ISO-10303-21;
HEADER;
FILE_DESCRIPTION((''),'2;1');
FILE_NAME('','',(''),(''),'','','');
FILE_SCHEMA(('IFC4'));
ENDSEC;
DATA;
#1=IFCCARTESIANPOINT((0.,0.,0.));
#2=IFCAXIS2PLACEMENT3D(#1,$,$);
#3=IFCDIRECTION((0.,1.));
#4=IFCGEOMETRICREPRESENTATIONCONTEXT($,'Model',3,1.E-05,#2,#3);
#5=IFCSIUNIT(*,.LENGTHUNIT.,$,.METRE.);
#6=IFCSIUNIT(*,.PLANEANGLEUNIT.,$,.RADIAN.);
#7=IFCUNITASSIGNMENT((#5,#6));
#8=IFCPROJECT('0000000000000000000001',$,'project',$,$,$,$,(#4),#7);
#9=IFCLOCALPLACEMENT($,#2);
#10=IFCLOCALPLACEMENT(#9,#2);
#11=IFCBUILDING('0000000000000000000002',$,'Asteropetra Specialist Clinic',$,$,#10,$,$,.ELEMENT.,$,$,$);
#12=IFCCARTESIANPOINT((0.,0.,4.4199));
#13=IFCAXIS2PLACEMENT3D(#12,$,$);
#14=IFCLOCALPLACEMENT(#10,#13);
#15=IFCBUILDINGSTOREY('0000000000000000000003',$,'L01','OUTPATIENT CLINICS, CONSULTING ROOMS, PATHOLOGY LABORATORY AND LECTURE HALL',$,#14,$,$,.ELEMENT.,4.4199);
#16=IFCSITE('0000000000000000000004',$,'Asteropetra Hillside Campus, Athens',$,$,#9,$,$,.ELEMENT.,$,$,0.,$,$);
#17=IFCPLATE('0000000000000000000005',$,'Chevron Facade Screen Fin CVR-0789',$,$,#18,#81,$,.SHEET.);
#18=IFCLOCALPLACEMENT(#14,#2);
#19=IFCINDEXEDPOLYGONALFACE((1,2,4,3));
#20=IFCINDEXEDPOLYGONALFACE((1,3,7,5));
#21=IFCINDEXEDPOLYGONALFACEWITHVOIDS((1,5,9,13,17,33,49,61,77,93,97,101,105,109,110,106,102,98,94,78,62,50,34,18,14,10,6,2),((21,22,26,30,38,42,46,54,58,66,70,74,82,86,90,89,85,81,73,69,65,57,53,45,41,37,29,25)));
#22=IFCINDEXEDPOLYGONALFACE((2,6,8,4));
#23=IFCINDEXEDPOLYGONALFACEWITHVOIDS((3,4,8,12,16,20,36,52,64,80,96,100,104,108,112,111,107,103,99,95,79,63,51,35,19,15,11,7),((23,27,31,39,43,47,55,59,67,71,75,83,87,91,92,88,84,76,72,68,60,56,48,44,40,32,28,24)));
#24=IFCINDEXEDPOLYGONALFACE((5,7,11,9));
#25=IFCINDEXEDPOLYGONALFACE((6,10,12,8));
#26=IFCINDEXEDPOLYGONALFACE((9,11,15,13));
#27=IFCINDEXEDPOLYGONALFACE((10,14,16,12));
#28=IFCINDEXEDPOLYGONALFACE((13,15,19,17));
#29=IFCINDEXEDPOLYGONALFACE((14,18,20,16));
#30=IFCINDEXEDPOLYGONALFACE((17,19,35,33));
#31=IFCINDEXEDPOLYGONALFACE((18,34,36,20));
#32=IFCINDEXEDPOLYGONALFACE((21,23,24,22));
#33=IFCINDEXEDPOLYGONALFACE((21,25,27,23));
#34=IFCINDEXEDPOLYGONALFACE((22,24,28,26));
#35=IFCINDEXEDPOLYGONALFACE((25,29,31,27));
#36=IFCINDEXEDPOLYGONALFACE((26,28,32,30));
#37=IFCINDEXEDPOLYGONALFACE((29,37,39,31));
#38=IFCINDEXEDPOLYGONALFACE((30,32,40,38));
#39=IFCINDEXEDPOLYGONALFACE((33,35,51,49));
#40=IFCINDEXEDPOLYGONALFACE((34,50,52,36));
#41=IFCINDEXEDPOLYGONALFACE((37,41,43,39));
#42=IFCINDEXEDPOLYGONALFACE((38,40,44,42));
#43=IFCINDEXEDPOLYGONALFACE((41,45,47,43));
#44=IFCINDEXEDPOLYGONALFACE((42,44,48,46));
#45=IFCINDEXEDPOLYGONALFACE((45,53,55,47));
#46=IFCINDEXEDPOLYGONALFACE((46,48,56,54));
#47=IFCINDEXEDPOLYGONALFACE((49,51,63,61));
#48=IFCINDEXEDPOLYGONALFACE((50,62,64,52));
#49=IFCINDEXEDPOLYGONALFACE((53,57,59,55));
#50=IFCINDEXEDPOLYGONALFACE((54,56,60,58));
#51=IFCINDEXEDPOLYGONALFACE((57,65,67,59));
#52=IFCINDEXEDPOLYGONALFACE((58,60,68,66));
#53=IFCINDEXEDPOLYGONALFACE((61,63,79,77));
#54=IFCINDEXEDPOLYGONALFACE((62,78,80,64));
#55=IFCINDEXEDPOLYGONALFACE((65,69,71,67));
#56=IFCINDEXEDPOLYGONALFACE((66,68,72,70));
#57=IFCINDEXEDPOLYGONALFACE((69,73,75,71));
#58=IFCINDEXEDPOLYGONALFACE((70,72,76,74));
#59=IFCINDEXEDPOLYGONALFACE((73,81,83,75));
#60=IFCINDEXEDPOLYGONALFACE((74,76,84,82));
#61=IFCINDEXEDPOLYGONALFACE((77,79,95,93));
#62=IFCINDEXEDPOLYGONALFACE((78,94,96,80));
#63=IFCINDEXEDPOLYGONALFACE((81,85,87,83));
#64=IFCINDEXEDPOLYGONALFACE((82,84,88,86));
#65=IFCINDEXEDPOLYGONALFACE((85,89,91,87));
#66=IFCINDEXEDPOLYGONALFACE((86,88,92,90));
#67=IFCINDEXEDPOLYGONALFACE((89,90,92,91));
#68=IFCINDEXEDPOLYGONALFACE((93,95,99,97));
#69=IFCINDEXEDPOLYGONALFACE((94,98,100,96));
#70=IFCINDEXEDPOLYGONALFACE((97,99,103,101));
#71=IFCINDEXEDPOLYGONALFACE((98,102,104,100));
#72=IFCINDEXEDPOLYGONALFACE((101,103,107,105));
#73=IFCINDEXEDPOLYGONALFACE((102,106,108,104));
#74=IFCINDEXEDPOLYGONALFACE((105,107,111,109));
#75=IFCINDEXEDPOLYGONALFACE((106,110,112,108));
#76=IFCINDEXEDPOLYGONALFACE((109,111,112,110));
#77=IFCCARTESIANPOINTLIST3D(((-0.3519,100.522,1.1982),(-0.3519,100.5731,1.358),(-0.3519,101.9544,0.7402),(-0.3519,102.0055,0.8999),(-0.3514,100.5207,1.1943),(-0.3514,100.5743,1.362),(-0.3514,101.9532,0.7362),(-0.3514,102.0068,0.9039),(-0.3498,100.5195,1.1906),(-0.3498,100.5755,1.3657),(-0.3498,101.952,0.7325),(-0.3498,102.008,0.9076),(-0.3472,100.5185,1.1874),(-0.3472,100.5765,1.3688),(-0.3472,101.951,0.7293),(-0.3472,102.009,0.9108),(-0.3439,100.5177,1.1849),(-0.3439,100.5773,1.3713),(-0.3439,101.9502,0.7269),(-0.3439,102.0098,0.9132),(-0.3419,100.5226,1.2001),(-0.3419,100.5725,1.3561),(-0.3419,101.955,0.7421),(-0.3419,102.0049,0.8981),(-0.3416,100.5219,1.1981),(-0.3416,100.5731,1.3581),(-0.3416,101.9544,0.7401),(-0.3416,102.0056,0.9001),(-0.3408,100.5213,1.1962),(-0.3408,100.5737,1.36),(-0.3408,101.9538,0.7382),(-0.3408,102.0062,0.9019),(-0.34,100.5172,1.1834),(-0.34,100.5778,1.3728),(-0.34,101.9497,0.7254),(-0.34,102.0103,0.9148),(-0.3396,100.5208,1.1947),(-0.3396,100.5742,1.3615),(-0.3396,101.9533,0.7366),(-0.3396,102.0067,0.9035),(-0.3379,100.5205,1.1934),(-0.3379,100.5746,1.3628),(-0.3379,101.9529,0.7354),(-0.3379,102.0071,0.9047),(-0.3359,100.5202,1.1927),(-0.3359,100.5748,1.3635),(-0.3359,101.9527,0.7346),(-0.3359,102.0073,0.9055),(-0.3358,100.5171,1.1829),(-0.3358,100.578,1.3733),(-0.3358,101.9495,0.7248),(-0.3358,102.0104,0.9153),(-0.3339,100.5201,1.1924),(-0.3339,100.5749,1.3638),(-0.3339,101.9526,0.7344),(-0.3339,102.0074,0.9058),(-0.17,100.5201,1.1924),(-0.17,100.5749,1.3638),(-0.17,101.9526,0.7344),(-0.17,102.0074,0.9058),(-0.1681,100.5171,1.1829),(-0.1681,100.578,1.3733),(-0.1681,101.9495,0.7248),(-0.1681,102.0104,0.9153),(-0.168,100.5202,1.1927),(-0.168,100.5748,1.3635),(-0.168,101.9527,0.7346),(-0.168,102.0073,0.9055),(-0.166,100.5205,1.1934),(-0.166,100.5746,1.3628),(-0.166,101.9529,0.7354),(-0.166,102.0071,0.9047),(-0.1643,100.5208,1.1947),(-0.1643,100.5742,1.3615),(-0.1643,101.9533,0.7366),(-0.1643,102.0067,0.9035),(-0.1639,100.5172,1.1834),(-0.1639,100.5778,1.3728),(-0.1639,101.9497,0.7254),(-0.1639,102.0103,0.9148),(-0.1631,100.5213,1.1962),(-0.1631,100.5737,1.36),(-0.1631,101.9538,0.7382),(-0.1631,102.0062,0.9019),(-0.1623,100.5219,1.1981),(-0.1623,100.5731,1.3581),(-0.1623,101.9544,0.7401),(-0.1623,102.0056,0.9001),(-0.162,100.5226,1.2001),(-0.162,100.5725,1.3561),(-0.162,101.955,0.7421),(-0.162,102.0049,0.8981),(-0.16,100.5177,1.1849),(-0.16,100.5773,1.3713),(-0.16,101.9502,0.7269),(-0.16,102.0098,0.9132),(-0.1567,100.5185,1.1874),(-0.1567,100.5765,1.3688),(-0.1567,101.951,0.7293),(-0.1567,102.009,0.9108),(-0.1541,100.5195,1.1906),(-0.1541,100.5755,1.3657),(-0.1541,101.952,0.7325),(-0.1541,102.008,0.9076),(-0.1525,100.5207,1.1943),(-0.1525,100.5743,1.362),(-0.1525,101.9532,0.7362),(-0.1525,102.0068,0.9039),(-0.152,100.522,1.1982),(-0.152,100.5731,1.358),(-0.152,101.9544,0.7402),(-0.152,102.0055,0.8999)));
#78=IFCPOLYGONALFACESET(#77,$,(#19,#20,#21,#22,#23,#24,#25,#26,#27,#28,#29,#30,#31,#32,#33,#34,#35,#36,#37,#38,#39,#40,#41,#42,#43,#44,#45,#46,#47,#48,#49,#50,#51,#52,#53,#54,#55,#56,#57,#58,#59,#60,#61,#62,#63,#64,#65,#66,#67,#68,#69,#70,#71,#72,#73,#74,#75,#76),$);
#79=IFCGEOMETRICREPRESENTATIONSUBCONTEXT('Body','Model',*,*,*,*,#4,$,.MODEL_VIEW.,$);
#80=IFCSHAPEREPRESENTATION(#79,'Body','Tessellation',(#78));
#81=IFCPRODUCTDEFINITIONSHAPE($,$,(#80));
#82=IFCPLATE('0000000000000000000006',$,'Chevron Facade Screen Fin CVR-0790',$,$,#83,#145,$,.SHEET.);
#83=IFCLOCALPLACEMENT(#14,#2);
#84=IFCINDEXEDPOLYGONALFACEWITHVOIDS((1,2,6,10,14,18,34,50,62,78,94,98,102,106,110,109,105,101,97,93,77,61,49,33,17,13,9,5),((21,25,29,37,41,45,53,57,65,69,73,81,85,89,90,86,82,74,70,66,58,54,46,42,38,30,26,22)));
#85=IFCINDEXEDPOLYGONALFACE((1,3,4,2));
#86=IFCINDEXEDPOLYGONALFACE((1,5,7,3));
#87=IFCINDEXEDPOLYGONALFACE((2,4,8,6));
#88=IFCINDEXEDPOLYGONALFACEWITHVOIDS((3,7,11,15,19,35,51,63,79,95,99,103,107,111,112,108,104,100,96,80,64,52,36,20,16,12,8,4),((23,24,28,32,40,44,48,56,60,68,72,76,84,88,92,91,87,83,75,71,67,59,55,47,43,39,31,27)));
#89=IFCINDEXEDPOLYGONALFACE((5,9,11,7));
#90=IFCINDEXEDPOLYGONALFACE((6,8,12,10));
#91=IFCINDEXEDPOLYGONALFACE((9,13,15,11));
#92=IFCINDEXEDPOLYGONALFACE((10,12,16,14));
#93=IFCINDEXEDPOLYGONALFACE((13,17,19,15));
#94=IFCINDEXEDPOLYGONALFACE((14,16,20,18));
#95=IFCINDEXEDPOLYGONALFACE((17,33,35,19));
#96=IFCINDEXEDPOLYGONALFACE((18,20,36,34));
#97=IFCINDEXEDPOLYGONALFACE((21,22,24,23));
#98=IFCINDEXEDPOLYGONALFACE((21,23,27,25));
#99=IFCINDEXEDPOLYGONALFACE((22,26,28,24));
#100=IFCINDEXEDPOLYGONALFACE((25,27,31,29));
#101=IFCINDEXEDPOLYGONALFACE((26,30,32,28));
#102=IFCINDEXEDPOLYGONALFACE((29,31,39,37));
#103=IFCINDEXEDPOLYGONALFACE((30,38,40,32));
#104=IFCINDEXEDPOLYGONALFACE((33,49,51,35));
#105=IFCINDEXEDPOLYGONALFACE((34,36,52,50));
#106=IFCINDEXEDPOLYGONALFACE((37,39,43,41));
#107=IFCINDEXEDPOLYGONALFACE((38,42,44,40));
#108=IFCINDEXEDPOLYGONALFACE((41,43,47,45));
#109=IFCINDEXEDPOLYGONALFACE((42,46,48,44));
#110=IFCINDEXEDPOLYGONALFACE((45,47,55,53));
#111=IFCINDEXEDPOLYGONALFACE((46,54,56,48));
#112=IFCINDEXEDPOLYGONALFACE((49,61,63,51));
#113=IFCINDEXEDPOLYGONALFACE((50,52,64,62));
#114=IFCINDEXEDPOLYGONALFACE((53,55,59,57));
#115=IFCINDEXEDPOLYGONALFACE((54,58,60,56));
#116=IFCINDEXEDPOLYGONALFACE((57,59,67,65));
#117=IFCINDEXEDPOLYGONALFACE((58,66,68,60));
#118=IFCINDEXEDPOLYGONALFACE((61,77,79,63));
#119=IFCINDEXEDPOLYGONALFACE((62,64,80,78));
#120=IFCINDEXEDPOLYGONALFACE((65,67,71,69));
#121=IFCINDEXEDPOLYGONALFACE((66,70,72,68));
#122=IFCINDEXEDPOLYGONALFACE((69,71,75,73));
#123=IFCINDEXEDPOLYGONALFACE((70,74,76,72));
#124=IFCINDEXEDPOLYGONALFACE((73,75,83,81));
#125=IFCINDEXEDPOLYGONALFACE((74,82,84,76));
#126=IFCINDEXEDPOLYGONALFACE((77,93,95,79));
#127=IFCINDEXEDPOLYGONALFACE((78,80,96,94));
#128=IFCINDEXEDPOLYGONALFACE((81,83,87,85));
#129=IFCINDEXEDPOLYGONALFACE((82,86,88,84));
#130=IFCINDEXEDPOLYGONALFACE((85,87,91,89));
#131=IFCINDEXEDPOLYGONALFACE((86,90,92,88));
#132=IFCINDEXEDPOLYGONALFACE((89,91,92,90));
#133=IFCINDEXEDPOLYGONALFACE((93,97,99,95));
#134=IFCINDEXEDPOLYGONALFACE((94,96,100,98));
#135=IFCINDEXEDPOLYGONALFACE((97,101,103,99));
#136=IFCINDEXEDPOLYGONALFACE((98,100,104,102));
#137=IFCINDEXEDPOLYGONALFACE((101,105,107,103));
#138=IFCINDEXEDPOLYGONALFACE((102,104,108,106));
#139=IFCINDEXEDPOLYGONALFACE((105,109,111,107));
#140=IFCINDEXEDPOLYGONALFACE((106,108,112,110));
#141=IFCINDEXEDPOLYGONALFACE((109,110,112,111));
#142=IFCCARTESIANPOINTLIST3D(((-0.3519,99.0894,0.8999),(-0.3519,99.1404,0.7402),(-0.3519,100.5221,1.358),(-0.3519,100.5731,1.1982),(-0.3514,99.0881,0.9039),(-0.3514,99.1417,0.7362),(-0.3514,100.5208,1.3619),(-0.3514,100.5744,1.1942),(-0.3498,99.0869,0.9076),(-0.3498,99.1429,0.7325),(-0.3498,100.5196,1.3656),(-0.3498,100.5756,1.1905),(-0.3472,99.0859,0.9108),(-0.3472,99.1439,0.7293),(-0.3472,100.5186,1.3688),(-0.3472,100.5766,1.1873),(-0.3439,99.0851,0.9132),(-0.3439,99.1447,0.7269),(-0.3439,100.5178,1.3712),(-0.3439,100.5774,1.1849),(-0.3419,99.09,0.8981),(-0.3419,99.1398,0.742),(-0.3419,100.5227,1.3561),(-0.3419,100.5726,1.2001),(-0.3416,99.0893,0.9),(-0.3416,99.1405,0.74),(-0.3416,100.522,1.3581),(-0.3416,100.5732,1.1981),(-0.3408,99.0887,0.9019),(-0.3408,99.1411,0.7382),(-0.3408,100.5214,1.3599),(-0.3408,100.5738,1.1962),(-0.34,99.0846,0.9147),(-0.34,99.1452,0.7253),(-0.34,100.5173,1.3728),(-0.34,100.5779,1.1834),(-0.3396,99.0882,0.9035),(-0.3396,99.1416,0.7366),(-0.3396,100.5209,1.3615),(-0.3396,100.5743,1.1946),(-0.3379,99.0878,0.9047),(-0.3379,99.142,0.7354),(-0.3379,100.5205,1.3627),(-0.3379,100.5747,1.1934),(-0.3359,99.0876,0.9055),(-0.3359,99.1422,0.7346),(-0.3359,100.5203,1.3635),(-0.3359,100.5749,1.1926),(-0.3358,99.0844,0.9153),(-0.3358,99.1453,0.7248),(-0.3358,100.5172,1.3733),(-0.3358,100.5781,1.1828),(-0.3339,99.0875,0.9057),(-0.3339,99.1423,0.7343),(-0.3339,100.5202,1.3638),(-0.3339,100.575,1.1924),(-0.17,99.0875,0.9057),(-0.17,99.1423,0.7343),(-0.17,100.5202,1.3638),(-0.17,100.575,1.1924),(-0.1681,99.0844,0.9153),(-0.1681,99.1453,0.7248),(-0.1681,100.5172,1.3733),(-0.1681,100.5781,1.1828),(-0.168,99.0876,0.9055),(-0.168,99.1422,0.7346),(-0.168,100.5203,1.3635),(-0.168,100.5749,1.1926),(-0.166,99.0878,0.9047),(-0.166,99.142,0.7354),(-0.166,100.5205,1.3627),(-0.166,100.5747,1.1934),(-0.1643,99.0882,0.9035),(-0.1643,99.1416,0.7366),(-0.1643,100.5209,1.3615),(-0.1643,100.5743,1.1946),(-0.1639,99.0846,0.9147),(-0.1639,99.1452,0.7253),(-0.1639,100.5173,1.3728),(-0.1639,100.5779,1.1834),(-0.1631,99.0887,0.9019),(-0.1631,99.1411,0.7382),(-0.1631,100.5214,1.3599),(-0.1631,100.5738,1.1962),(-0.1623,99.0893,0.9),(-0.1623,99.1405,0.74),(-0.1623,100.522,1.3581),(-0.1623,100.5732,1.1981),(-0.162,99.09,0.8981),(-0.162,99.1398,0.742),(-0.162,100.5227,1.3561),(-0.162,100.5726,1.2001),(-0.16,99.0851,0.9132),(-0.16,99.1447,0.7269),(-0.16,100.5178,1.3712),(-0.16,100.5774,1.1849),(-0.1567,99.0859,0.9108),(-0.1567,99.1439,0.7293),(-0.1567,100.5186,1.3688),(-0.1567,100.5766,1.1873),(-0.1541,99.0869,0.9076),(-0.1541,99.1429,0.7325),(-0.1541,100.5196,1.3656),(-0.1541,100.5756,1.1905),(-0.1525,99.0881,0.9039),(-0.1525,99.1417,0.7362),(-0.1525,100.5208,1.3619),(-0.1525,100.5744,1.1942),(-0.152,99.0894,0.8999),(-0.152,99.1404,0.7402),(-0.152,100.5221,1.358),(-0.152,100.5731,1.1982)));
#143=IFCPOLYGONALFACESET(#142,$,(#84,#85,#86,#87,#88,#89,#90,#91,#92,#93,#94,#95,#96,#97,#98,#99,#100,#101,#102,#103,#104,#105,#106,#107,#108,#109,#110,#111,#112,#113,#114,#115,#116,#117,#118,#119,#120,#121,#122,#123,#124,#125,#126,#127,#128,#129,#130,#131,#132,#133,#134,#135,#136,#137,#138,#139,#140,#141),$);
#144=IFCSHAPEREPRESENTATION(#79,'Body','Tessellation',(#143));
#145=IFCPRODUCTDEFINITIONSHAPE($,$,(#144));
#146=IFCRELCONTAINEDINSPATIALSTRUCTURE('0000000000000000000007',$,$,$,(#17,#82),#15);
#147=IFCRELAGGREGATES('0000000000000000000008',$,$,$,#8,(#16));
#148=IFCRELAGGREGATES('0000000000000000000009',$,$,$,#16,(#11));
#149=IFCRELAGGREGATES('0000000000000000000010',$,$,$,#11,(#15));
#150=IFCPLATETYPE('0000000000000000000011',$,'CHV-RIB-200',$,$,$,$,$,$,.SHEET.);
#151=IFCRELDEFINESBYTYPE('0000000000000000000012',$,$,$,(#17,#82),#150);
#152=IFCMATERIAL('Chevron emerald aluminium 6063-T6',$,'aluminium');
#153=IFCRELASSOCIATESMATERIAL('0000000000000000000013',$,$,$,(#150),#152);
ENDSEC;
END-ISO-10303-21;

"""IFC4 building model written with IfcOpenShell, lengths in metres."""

from ifc_helpers import new_model, si_unit, direction, frame, origin, origin_2d, place, context, subcontext, project, spatial, hollow_rectangle, extrude, material, material_profile, profile_set, type_object, element, save


model = new_model("IFC4")

# Units and contexts
model_context = context("Model", 3, precision=1e-05, world=origin(), true_north=direction((0.0, 1.0)))
body_context = subcontext(model_context, "Body", "Model", "MODEL_VIEW")
ifc_project = project(units=[si_unit("LENGTHUNIT", "METRE"), si_unit("PLANEANGLEUNIT", "RADIAN")], contexts=[model_context])

# Site, building, storey
site_placement = place(None, origin())
site = spatial("IfcSite", under=ifc_project, at=site_placement, Name="Asteropetra Hillside Campus, Athens", CompositionType="ELEMENT", RefElevation=0.0)
building_placement = place(site_placement, origin())
building = spatial("IfcBuilding", under=site, at=building_placement, Name="Asteropetra Specialist Clinic", CompositionType="ELEMENT")
storey_placement = place(building_placement, frame((0.0, 0.0, 4.4199)))
storey = spatial("IfcBuildingStorey", under=building, at=storey_placement, Name="L01", Description="OUTPATIENT CLINICS, CONSULTING ROOMS, PATHOLOGY LABORATORY AND LECTURE HALL", CompositionType="ELEMENT", Elevation=4.4199)

# Plates
ifc_material_1 = material(Name="Chevron emerald aluminium 6063-T6", Category="aluminium")
ifc_material_profile = material_profile(ifc_material_1, hollow_rectangle(XDim=0.2, YDim=0.2, WallThickness=0.01, InnerFilletRadius=0.0081, OuterFilletRadius=0.0161, at=origin_2d()), Name="SHS 200x200x10.0")
ifc_profile_set = profile_set([ifc_material_profile], Name="Chevron emerald aluminium 6063-T6")
plate_type_1 = type_object("IfcPlateType", Name="CHV-RIB-200", PredefinedType="SHEET", material=ifc_profile_set)
plate_1_placement = place(storey_placement, frame((-0.252, 101.98, 0.8201), z_axis=(0.0, -0.952492, 0.304564), x_axis=(1.0, 0.0, 0.0)))
element("IfcPlate", 1, at=plate_1_placement, inside=storey, type_object=plate_type_1, Name="Chevron Facade Screen Fin CVR-0789", PredefinedType="SHEET", context=body_context, shape_type="SweptSolid", body=[
    extrude(hollow_rectangle(XDim=0.2, YDim=0.2, WallThickness=0.01, InnerFilletRadius=0.0081, OuterFilletRadius=0.0161, at=origin_2d()), origin(), (0.0, 0.0, 1.0), 1.5039),
])
for number, where, z_axis, x_axis, name in (
    (2, (-0.252, 100.5476, 1.2781), (0.0, -0.952507, -0.304517), (1.0, 0.0, 0.0), "Chevron Facade Screen Fin CVR-0790"),
):
    element("IfcPlate", number, at=place(storey_placement, frame(where, z_axis=z_axis, x_axis=x_axis)), inside=storey, type_object=plate_type_1, Name=name, PredefinedType="SHEET", context=body_context, shape_type="SweptSolid", body=[
        extrude(hollow_rectangle(XDim=0.2, YDim=0.2, WallThickness=0.01, InnerFilletRadius=0.0081, OuterFilletRadius=0.0161, at=origin_2d()), origin(), (0.0, 0.0, 1.0), 1.5042),
    ])

save(model, "model.ifc")
